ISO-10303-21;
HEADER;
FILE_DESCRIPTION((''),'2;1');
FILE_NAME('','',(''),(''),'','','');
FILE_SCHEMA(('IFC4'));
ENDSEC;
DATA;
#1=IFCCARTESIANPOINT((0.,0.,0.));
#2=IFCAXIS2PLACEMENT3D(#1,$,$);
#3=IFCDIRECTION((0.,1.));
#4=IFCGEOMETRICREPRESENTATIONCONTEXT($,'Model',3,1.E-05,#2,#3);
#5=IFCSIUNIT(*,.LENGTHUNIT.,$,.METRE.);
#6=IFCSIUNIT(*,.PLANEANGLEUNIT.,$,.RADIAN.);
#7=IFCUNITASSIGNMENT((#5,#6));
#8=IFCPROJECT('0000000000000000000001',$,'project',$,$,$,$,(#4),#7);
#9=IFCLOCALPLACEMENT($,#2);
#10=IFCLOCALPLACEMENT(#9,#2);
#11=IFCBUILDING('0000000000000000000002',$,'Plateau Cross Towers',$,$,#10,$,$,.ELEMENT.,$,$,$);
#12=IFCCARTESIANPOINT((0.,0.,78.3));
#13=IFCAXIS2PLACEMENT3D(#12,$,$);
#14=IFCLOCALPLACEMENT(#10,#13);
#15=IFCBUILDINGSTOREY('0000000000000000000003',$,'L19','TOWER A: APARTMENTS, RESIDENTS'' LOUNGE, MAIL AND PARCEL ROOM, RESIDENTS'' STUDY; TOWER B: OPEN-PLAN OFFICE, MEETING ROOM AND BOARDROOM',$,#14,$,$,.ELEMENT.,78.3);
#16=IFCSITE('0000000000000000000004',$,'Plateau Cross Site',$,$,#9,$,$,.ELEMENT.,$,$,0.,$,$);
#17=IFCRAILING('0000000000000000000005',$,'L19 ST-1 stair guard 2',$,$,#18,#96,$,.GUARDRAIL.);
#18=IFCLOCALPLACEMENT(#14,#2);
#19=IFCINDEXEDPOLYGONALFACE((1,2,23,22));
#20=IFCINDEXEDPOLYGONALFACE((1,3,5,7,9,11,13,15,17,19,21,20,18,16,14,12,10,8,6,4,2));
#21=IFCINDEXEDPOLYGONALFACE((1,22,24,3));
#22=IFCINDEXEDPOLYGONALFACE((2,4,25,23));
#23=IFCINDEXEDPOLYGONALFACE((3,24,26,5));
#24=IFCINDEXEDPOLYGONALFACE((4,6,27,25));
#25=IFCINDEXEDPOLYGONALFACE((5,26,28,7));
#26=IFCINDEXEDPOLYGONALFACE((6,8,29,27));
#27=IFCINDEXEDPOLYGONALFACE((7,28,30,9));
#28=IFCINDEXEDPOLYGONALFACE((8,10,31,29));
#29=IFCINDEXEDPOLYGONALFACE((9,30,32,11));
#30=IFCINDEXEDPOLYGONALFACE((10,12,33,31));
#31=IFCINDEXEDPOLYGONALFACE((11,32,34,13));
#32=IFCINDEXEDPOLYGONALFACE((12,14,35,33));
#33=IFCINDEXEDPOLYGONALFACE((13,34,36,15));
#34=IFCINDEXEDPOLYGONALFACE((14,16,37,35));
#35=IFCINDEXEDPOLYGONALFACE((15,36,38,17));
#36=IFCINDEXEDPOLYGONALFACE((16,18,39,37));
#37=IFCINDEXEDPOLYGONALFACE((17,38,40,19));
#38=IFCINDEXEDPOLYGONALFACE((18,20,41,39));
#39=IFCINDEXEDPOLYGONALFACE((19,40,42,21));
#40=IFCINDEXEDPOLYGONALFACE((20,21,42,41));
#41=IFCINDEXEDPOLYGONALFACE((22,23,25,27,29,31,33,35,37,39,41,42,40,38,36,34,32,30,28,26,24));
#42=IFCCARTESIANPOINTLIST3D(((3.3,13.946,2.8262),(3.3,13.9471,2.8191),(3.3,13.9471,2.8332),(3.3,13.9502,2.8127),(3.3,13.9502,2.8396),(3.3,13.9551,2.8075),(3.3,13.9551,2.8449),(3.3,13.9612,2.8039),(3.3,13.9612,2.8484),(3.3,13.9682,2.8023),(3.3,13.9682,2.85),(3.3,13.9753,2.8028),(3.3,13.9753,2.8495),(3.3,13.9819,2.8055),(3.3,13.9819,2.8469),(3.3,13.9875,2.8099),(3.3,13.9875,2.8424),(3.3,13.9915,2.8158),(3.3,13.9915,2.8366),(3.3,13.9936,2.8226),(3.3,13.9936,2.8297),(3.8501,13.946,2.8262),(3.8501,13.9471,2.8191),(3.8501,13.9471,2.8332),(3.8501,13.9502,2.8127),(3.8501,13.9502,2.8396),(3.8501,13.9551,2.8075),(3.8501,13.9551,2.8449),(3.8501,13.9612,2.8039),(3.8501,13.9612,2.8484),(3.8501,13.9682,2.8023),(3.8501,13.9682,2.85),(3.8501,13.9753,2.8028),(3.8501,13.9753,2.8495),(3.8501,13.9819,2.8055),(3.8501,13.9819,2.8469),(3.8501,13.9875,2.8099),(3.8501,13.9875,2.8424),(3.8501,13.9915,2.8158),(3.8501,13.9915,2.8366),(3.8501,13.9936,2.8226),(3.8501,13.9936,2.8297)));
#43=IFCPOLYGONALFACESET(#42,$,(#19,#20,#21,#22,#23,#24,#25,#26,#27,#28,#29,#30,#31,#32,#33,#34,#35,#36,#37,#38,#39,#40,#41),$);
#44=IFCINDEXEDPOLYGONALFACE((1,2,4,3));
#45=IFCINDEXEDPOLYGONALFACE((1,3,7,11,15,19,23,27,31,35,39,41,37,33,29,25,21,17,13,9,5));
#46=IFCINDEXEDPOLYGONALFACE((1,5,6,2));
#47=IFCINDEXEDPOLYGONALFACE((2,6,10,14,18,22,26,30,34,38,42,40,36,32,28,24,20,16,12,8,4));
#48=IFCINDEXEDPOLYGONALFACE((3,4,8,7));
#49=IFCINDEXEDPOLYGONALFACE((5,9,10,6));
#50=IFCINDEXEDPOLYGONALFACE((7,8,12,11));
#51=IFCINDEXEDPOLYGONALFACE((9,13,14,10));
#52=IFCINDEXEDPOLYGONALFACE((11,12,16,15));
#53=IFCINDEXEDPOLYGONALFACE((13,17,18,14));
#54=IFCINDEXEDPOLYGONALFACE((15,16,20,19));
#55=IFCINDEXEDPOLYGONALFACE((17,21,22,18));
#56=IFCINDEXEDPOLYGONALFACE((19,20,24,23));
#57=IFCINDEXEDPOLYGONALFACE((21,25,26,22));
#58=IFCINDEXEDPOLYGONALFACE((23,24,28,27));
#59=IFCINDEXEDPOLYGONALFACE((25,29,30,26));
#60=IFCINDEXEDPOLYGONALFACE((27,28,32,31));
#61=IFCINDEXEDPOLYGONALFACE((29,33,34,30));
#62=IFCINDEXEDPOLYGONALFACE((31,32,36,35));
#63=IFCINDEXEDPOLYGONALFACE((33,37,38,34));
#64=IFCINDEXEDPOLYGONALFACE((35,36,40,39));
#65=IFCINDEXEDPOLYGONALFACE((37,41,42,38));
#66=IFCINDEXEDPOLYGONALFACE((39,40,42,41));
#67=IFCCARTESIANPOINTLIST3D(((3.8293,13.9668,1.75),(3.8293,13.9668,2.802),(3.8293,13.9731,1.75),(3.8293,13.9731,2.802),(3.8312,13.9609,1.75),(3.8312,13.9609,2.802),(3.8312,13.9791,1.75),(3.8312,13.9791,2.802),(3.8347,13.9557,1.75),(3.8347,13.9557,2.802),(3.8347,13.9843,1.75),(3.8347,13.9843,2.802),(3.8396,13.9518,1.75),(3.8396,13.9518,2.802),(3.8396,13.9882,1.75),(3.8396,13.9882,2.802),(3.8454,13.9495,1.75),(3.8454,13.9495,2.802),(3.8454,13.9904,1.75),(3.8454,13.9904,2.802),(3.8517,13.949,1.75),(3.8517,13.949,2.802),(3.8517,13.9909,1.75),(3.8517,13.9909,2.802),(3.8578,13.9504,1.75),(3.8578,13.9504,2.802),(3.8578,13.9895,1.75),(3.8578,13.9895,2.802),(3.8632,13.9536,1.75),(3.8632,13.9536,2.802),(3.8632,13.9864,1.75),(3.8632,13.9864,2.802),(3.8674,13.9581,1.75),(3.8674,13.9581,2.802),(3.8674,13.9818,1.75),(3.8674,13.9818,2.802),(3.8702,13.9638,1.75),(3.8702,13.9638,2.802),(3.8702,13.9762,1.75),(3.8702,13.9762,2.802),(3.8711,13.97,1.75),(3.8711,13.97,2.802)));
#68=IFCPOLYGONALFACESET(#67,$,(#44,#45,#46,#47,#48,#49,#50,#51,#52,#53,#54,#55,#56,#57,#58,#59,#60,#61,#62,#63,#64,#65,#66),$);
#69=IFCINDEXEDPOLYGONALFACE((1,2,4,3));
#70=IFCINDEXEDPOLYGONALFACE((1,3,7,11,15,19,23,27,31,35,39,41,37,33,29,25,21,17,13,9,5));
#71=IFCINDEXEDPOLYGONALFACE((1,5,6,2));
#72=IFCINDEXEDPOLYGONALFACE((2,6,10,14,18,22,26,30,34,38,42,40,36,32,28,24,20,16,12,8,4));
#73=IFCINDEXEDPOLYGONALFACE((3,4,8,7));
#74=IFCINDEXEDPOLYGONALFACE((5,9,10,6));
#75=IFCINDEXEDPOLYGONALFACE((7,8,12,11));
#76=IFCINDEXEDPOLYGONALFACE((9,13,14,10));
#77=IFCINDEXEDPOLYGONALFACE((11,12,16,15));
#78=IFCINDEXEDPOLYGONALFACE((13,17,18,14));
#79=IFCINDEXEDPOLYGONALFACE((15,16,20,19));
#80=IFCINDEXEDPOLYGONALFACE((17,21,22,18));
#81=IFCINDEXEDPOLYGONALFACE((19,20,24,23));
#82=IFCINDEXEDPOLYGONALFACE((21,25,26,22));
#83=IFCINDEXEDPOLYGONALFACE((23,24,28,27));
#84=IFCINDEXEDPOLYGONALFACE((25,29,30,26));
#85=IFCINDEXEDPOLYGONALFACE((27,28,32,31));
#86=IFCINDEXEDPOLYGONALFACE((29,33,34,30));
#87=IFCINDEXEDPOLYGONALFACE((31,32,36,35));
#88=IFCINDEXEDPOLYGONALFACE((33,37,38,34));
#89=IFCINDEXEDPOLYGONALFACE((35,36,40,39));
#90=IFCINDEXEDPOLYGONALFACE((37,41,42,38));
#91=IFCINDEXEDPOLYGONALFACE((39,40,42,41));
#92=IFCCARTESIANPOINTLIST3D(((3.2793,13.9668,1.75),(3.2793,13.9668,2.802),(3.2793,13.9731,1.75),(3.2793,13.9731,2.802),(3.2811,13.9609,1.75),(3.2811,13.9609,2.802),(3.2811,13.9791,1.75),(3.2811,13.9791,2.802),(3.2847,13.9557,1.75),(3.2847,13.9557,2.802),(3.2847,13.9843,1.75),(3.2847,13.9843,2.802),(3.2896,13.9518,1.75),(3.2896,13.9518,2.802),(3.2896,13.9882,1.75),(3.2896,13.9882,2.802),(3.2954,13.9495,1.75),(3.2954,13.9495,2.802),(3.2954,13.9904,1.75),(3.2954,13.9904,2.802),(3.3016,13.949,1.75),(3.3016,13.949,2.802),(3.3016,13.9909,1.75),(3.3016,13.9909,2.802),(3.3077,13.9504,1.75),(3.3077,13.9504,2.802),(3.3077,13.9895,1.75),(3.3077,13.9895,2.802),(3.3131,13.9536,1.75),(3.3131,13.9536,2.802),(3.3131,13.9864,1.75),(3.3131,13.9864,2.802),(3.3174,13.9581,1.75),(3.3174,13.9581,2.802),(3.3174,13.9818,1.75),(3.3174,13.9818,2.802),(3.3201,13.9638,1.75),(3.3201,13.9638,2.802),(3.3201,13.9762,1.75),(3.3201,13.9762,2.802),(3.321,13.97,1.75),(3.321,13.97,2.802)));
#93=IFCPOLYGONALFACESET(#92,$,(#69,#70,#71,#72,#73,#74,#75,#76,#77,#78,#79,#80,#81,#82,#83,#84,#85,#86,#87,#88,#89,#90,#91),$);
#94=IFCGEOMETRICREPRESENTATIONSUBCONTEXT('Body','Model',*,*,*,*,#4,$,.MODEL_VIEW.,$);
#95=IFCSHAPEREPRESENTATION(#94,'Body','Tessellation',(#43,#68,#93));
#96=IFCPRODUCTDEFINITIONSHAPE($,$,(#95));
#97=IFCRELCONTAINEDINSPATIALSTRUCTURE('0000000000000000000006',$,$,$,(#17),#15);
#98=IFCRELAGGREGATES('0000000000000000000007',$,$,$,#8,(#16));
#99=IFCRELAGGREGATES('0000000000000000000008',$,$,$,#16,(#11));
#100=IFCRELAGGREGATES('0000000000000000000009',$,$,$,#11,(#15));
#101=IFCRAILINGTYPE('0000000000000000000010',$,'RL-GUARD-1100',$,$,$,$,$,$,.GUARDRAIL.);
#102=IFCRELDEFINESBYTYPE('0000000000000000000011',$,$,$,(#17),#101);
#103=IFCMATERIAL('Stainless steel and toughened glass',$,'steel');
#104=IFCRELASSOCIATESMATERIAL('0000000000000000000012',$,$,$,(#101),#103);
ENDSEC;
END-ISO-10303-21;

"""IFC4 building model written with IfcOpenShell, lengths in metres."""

from ifc_helpers import new_model, si_unit, direction, frame, origin, origin_2d, place, context, subcontext, project, spatial, circle, extrude, material, type_object, element, save


model = new_model("IFC4")

# Units and contexts
model_context = context("Model", 3, precision=1e-05, world=origin(), true_north=direction((0.0, 1.0)))
body_context = subcontext(model_context, "Body", "Model", "MODEL_VIEW")
ifc_project = project(units=[si_unit("LENGTHUNIT", "METRE"), si_unit("PLANEANGLEUNIT", "RADIAN")], contexts=[model_context])

# Site, building, storey
site_placement = place(None, origin())
site = spatial("IfcSite", under=ifc_project, at=site_placement, Name="Plateau Cross Site", CompositionType="ELEMENT", RefElevation=0.0)
building_placement = place(site_placement, origin())
building = spatial("IfcBuilding", under=site, at=building_placement, Name="Plateau Cross Towers", CompositionType="ELEMENT")
storey_placement = place(building_placement, frame((0.0, 0.0, 78.3)))
storey = spatial("IfcBuildingStorey", under=building, at=storey_placement, Name="L19", Description="TOWER A: APARTMENTS, RESIDENTS' LOUNGE, MAIL AND PARCEL ROOM, RESIDENTS' STUDY; TOWER B: OPEN-PLAN OFFICE, MEETING ROOM AND BOARDROOM", CompositionType="ELEMENT", Elevation=78.3)

# Railing
ifc_material_1 = material(Name="Stainless steel and toughened glass", Category="steel")
railing_type_1 = type_object("IfcRailingType", Name="RL-GUARD-1100", PredefinedType="GUARDRAIL", material=ifc_material_1)
railing_1_placement = place(storey_placement, frame((3.8501, 13.97, 1.75)))
element("IfcRailing", 1, at=railing_1_placement, inside=storey, type_object=railing_type_1, Name="L19 ST-1 stair guard 2", PredefinedType="GUARDRAIL", context=body_context, shape_type="SweptSolid", body=[
    extrude(circle(Radius=0.0239, at=origin_2d()), frame((0.0, 0.0, 1.0762), z_axis=(-1.0, 0.0, 0.0), x_axis=(0.0, -1.0, 0.0)), (0.0, 0.0, 1.0), 0.55),
    extrude(circle(Radius=0.021, at=origin_2d()), origin(), (0.0, 0.0, 1.0), 1.052),
    extrude(circle(Radius=0.021, at=origin_2d()), frame((-0.55, 0.0, 0.0)), (0.0, 0.0, 1.0), 1.052),
])

save(model, "model.ifc")
